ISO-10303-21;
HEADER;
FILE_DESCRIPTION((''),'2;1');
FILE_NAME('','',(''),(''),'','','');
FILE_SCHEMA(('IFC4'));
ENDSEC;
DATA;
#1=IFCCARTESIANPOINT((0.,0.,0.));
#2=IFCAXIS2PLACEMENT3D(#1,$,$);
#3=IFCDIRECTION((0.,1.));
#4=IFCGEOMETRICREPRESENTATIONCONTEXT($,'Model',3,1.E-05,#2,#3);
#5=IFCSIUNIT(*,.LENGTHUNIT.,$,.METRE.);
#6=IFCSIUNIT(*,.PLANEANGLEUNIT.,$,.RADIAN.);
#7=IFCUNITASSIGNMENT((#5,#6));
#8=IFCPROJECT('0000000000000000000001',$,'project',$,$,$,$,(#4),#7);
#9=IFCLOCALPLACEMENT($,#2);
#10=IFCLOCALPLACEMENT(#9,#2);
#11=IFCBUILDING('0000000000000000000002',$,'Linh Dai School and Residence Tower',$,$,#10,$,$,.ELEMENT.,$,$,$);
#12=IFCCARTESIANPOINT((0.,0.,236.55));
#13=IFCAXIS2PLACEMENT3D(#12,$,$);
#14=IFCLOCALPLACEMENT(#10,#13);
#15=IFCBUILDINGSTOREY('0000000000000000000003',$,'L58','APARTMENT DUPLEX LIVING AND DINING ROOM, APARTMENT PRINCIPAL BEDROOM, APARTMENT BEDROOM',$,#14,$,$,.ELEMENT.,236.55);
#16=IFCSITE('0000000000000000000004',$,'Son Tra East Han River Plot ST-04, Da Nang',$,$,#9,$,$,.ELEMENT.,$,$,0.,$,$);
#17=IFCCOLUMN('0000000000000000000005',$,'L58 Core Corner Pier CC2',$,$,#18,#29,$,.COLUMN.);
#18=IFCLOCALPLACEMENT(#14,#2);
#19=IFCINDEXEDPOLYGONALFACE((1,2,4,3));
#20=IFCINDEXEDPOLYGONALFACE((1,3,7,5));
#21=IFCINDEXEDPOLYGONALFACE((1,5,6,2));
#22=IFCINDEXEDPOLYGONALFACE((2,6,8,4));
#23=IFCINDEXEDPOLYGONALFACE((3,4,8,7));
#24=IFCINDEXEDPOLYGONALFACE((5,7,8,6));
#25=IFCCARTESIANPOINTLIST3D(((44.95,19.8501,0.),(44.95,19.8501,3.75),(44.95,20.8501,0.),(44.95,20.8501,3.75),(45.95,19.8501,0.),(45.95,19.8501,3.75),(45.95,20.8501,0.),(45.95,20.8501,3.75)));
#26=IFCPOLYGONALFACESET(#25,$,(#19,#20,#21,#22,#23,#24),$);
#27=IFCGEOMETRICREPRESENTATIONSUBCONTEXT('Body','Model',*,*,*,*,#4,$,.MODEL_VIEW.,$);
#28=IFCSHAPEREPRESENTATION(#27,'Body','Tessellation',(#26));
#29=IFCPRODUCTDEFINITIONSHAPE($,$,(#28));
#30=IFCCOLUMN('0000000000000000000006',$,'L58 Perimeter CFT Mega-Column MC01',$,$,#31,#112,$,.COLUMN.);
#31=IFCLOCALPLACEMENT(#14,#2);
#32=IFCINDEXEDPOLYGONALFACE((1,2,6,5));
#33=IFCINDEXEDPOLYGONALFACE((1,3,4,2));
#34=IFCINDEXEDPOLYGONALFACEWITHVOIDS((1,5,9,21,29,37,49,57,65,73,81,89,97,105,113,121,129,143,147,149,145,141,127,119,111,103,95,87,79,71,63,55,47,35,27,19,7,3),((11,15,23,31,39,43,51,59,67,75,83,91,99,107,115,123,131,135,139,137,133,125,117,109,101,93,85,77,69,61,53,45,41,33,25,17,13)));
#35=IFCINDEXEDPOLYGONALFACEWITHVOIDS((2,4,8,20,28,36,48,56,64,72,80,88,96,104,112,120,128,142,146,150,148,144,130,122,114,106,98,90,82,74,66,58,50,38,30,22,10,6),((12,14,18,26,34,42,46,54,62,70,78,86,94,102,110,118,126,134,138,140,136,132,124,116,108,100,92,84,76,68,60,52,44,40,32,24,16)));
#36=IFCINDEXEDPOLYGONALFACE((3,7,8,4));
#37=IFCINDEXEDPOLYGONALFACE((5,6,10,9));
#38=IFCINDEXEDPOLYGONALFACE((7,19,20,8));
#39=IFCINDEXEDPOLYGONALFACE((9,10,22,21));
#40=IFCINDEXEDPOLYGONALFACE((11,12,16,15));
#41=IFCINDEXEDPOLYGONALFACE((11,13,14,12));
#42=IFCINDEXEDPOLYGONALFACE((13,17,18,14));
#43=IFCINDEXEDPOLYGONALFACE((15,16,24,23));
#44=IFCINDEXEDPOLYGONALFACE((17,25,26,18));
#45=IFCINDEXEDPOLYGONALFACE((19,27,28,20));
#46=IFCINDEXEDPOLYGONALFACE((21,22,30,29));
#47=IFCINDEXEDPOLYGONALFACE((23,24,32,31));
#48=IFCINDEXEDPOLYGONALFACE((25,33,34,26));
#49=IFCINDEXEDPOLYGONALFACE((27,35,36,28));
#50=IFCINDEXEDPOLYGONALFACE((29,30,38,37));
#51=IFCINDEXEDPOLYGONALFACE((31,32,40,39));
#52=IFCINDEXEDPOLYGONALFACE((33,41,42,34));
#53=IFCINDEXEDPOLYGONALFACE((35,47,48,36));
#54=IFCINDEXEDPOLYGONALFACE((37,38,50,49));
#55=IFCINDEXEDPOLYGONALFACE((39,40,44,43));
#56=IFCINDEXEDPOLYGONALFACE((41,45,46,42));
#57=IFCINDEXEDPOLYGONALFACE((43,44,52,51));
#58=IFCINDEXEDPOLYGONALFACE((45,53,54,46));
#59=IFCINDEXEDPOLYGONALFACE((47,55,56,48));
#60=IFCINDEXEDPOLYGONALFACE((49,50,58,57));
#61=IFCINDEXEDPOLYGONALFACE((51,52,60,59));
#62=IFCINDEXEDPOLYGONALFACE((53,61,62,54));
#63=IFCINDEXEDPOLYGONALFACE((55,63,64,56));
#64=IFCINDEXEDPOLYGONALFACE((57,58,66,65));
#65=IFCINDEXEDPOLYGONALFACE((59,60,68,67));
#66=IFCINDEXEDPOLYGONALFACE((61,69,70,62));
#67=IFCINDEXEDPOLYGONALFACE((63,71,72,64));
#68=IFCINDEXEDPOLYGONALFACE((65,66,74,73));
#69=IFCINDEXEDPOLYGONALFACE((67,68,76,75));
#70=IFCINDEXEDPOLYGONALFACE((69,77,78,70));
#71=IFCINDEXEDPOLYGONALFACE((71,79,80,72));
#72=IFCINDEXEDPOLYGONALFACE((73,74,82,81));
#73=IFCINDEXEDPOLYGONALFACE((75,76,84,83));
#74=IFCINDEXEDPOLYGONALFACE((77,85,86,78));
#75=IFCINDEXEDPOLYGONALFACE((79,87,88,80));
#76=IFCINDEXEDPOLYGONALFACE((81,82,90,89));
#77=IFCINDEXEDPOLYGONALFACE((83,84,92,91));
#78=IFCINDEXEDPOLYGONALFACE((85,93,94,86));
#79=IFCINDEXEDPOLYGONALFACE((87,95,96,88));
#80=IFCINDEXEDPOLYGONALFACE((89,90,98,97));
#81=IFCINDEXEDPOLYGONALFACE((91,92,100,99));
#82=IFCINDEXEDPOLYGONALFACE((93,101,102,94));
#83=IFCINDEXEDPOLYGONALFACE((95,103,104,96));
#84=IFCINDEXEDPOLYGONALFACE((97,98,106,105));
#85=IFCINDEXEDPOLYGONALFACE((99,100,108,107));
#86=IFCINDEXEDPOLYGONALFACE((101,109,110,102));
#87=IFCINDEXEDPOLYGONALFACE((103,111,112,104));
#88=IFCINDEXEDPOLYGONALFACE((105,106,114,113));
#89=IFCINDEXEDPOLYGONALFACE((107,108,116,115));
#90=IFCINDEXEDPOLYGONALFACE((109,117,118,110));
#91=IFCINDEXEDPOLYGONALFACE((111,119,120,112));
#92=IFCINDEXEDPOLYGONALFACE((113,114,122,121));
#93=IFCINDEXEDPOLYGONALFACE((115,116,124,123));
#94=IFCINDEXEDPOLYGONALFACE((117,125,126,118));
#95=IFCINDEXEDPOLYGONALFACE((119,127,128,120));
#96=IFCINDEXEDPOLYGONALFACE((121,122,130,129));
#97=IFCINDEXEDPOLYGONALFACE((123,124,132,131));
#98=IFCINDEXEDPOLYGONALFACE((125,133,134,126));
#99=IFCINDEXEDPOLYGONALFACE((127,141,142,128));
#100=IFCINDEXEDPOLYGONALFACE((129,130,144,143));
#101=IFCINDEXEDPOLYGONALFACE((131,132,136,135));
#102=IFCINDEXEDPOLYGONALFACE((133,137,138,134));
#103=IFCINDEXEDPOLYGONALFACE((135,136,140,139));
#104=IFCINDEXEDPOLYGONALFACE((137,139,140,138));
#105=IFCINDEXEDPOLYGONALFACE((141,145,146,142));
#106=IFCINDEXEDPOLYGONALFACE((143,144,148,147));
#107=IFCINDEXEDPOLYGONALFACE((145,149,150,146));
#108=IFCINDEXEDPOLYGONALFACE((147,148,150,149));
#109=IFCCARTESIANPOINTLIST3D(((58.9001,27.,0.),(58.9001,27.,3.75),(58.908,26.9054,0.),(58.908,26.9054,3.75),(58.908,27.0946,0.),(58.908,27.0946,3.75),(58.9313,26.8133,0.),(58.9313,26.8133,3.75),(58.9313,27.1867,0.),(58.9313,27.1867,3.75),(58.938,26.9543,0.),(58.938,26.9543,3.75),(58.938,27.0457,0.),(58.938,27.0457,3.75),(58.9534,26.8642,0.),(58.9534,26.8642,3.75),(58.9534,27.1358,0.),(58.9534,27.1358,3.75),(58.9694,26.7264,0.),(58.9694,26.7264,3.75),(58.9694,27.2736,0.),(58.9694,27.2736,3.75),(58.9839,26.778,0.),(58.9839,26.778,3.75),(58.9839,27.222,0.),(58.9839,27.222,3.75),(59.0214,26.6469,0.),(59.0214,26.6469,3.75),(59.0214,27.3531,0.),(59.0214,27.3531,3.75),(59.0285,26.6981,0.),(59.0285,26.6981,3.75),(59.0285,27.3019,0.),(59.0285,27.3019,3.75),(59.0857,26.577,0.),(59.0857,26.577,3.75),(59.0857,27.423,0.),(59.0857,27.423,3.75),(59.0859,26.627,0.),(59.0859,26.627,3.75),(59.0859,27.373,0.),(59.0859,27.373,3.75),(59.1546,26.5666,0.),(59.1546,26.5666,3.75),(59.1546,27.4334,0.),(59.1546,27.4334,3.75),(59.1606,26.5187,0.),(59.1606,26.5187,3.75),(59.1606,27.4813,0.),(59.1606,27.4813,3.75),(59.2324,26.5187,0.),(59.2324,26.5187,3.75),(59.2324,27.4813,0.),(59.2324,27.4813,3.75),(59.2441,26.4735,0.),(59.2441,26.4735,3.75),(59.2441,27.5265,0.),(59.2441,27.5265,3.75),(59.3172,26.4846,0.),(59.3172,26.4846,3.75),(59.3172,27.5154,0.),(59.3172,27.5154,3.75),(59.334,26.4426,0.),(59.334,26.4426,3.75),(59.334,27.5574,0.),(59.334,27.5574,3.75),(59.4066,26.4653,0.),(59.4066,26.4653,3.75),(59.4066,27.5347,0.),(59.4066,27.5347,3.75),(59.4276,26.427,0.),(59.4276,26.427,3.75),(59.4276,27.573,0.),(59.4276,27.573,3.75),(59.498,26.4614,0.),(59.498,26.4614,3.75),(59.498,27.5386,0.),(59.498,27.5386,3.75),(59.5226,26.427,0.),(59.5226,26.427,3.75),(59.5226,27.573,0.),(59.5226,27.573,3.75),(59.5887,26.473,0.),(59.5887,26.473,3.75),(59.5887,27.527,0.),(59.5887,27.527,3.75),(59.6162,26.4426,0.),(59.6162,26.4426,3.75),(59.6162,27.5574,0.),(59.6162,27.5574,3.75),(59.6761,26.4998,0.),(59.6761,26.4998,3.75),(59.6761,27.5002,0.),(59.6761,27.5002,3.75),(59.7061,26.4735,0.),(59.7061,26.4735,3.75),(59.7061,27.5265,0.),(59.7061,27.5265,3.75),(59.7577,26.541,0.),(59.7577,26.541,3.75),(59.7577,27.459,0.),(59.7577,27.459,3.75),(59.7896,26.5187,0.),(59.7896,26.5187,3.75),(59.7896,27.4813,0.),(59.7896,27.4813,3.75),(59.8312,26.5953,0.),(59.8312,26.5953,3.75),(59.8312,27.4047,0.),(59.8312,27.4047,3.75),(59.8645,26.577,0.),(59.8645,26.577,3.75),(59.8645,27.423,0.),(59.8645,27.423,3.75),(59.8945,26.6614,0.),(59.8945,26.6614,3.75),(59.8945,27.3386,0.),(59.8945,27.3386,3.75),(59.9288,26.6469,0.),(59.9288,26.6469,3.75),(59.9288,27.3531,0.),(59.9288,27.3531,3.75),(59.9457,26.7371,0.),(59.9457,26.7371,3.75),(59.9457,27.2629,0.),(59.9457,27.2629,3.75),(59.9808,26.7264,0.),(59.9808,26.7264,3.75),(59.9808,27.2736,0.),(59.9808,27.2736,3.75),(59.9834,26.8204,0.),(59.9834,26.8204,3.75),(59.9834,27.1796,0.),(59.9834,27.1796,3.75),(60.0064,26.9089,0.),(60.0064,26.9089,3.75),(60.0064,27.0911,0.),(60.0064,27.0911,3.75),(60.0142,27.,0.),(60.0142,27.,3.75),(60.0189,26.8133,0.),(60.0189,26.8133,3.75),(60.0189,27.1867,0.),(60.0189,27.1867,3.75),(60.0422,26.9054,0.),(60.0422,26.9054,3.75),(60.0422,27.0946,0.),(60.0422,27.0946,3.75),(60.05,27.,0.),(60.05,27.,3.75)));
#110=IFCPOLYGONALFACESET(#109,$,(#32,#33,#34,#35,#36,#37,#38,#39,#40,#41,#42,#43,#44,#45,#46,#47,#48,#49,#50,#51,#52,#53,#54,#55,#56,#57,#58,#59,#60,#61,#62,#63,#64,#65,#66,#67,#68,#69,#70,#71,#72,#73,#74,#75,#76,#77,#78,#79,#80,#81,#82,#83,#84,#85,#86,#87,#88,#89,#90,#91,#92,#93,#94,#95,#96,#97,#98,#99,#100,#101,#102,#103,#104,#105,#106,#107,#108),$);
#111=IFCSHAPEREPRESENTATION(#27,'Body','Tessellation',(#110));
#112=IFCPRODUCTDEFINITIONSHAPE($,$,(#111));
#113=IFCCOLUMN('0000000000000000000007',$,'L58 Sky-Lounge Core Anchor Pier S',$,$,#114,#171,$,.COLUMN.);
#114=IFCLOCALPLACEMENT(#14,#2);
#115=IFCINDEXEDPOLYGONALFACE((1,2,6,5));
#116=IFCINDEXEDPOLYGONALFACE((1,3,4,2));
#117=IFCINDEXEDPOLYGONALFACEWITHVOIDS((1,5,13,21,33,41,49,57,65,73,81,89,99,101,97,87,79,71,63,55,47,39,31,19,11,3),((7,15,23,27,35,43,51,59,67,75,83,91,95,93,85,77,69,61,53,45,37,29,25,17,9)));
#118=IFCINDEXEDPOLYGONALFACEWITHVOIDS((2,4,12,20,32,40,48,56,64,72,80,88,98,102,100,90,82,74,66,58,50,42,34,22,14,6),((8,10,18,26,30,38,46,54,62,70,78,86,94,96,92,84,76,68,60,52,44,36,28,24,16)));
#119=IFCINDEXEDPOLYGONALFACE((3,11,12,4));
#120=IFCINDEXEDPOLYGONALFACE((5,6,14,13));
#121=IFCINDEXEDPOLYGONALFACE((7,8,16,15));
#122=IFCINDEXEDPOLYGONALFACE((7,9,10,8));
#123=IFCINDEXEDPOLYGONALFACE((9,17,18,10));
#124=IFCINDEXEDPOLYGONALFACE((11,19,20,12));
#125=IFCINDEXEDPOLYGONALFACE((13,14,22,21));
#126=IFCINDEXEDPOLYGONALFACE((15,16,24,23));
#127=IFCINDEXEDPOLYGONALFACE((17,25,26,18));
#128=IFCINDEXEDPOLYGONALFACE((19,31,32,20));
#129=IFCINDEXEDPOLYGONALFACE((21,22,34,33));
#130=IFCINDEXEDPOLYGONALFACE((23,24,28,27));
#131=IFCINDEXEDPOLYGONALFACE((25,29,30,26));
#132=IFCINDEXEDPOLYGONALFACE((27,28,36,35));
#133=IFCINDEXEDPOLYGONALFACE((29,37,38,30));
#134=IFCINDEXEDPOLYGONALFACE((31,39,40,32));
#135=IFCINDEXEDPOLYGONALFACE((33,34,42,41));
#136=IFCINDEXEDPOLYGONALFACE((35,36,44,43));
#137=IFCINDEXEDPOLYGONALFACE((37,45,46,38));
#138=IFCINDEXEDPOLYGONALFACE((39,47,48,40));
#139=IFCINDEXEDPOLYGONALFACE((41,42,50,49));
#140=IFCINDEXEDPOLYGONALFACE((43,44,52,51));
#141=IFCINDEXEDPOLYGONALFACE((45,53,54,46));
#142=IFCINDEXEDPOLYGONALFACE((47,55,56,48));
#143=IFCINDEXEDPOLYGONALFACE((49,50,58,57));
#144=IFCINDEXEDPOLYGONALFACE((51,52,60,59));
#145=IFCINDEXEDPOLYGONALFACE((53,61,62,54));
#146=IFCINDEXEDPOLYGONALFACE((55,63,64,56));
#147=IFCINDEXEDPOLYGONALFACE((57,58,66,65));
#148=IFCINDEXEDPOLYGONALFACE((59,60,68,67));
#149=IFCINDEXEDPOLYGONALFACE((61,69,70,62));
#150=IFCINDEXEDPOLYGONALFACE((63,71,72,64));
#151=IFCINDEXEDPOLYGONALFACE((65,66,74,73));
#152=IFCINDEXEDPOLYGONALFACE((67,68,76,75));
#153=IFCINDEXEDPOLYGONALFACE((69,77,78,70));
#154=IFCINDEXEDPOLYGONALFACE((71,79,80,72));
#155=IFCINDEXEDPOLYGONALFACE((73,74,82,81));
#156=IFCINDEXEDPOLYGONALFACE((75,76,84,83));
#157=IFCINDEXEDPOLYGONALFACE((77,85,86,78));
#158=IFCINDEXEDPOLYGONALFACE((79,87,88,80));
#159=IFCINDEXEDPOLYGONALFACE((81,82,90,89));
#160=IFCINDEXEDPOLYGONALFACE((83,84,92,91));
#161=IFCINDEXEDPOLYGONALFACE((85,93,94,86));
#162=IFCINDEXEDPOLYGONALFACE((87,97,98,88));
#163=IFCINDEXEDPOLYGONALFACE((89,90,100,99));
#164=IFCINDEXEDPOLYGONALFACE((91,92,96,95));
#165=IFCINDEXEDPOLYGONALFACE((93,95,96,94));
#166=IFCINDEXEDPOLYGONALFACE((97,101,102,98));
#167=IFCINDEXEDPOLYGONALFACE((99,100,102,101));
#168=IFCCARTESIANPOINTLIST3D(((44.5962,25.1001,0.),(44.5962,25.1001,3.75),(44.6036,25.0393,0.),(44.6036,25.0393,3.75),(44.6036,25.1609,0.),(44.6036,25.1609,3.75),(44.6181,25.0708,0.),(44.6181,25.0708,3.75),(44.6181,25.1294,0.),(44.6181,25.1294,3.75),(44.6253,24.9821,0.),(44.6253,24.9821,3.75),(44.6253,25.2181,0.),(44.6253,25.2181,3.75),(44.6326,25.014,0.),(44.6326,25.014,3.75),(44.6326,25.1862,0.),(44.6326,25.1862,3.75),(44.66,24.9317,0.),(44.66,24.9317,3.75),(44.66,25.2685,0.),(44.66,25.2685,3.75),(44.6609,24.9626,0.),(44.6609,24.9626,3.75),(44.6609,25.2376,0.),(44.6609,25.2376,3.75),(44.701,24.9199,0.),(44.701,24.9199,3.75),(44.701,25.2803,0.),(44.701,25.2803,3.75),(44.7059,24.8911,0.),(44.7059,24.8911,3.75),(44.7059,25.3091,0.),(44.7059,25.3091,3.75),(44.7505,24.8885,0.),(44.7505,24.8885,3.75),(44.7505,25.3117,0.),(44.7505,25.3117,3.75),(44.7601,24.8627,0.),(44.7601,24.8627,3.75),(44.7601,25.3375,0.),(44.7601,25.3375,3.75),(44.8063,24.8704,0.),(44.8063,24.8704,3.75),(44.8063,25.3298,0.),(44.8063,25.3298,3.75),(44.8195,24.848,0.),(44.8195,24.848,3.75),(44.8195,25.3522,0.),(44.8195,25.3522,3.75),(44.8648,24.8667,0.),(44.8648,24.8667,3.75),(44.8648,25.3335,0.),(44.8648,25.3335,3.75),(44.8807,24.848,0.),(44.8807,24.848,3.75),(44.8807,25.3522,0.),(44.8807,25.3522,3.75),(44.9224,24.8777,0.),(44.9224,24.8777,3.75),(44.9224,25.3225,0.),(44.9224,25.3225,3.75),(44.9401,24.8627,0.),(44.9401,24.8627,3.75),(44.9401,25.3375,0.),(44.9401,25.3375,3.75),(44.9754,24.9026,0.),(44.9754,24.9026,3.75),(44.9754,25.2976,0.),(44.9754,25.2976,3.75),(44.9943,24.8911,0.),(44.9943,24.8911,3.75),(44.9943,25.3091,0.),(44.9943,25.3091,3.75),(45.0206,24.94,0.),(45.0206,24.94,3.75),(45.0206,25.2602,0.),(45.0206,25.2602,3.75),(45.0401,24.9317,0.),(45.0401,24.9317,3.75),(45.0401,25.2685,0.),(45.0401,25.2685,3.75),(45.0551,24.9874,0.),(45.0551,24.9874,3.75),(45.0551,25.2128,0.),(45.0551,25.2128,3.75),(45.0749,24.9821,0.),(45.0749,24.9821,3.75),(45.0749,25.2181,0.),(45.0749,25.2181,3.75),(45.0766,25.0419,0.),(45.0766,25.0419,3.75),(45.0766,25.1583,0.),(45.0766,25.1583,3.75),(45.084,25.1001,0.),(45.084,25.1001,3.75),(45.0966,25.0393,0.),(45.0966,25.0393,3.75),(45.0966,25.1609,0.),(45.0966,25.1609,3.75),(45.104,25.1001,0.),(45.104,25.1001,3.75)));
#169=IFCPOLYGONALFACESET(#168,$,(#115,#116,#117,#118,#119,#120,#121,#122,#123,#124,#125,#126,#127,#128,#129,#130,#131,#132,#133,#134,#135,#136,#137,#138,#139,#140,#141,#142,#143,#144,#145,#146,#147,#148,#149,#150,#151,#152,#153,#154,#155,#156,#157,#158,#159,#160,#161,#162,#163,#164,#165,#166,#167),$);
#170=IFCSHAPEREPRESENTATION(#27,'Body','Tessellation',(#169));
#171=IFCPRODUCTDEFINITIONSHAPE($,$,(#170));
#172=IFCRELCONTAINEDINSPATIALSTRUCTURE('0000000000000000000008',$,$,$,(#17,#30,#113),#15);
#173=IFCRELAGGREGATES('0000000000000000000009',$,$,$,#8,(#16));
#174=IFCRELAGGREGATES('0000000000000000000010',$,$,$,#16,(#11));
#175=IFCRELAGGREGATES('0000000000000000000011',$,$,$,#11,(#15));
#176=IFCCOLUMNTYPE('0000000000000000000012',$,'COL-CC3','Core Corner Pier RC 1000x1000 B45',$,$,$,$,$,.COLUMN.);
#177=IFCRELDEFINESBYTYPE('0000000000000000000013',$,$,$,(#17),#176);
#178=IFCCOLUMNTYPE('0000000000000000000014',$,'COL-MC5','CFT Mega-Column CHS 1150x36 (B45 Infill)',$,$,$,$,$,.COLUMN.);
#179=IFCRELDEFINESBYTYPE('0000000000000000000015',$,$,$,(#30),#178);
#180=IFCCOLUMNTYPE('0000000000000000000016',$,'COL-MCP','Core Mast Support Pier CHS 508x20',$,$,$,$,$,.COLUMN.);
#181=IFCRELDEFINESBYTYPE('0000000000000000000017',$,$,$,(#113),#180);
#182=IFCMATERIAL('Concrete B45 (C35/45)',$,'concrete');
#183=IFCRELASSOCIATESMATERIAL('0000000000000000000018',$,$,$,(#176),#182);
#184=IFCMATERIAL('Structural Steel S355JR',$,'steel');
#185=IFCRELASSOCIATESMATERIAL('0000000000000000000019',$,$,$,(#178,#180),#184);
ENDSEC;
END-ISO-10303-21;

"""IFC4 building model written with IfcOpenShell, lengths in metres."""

from ifc_helpers import new_model, si_unit, direction, frame, origin, origin_2d, place, context, subcontext, project, spatial, rectangle, hollow_circle, extrude, material, material_profile, profile_set, type_object, element, save


model = new_model("IFC4")

# Units and contexts
model_context = context("Model", 3, precision=1e-05, world=origin(), true_north=direction((0.0, 1.0)))
body_context = subcontext(model_context, "Body", "Model", "MODEL_VIEW")
ifc_project = project(units=[si_unit("LENGTHUNIT", "METRE"), si_unit("PLANEANGLEUNIT", "RADIAN")], contexts=[model_context])

# Site, building, storey
site_placement = place(None, origin())
site = spatial("IfcSite", under=ifc_project, at=site_placement, Name="Son Tra East Han River Plot ST-04, Da Nang", CompositionType="ELEMENT", RefElevation=0.0)
building_placement = place(site_placement, origin())
building = spatial("IfcBuilding", under=site, at=building_placement, Name="Linh Dai School and Residence Tower", CompositionType="ELEMENT")
storey_placement = place(building_placement, frame((0.0, 0.0, 236.55)))
storey = spatial("IfcBuildingStorey", under=building, at=storey_placement, Name="L58", Description="APARTMENT DUPLEX LIVING AND DINING ROOM, APARTMENT PRINCIPAL BEDROOM, APARTMENT BEDROOM", CompositionType="ELEMENT", Elevation=236.55)

# Columns
ifc_material_1 = material(Name="Concrete B45 (C35/45)", Category="concrete")
ifc_material_profile_1 = material_profile(ifc_material_1, rectangle(XDim=1.0, YDim=1.0, at=origin_2d()), Name="RC 1000x1000")
ifc_profile_set_1 = profile_set([ifc_material_profile_1], Name="Concrete B45 (C35/45)")
column_type_1 = type_object("IfcColumnType", Name="COL-CC3", Description="Core Corner Pier RC 1000x1000 B45", PredefinedType="COLUMN", material=ifc_profile_set_1)
column_1_placement = place(storey_placement, frame((45.45, 20.3501, 0.0), z_axis=(0.0, 0.0, 1.0), x_axis=(1.0, 0.0, 0.0)))
element("IfcColumn", 1, at=column_1_placement, inside=storey, type_object=column_type_1, Name="L58 Core Corner Pier CC2", PredefinedType="COLUMN", context=body_context, shape_type="SweptSolid", body=[
    extrude(rectangle(XDim=1.0, YDim=1.0, at=origin_2d()), origin(), (0.0, 0.0, 1.0), 3.75),
])
ifc_material_2 = material(Name="Structural Steel S355JR", Category="steel")
ifc_material_profile_2 = material_profile(ifc_material_2, hollow_circle(Radius=0.575, WallThickness=0.0359, at=origin_2d()), Name="CHS 1150x36")
ifc_profile_set_2 = profile_set([ifc_material_profile_2], Name="Structural Steel S355JR")
column_type_2 = type_object("IfcColumnType", Name="COL-MC5", Description="CFT Mega-Column CHS 1150x36 (B45 Infill)", PredefinedType="COLUMN", material=ifc_profile_set_2)
column_2_placement = place(storey_placement, frame((59.4751, 27.0, 0.0), z_axis=(0.0, 0.0, 1.0), x_axis=(1.0, 0.0, 0.0)))
element("IfcColumn", 2, at=column_2_placement, inside=storey, type_object=column_type_2, Name="L58 Perimeter CFT Mega-Column MC01", PredefinedType="COLUMN", context=body_context, shape_type="SweptSolid", body=[
    extrude(hollow_circle(Radius=0.575, WallThickness=0.0359, at=origin_2d()), origin(), (0.0, 0.0, 1.0), 3.75),
])
ifc_material_profile_3 = material_profile(ifc_material_2, hollow_circle(Radius=0.2539, WallThickness=0.02, at=origin_2d()), Name="CHS 508x20")
ifc_profile_set_3 = profile_set([ifc_material_profile_3], Name="Structural Steel S355JR")
column_type_3 = type_object("IfcColumnType", Name="COL-MCP", Description="Core Mast Support Pier CHS 508x20", PredefinedType="COLUMN", material=ifc_profile_set_3)
column_3_placement = place(storey_placement, frame((44.8501, 25.1001, 0.0), z_axis=(0.0, 0.0, 1.0), x_axis=(1.0, 0.0, 0.0)))
element("IfcColumn", 3, at=column_3_placement, inside=storey, type_object=column_type_3, Name="L58 Sky-Lounge Core Anchor Pier S", PredefinedType="COLUMN", context=body_context, shape_type="SweptSolid", body=[
    extrude(hollow_circle(Radius=0.2539, WallThickness=0.02, at=origin_2d()), origin(), (0.0, 0.0, 1.0), 3.75),
])

save(model, "model.ifc")
